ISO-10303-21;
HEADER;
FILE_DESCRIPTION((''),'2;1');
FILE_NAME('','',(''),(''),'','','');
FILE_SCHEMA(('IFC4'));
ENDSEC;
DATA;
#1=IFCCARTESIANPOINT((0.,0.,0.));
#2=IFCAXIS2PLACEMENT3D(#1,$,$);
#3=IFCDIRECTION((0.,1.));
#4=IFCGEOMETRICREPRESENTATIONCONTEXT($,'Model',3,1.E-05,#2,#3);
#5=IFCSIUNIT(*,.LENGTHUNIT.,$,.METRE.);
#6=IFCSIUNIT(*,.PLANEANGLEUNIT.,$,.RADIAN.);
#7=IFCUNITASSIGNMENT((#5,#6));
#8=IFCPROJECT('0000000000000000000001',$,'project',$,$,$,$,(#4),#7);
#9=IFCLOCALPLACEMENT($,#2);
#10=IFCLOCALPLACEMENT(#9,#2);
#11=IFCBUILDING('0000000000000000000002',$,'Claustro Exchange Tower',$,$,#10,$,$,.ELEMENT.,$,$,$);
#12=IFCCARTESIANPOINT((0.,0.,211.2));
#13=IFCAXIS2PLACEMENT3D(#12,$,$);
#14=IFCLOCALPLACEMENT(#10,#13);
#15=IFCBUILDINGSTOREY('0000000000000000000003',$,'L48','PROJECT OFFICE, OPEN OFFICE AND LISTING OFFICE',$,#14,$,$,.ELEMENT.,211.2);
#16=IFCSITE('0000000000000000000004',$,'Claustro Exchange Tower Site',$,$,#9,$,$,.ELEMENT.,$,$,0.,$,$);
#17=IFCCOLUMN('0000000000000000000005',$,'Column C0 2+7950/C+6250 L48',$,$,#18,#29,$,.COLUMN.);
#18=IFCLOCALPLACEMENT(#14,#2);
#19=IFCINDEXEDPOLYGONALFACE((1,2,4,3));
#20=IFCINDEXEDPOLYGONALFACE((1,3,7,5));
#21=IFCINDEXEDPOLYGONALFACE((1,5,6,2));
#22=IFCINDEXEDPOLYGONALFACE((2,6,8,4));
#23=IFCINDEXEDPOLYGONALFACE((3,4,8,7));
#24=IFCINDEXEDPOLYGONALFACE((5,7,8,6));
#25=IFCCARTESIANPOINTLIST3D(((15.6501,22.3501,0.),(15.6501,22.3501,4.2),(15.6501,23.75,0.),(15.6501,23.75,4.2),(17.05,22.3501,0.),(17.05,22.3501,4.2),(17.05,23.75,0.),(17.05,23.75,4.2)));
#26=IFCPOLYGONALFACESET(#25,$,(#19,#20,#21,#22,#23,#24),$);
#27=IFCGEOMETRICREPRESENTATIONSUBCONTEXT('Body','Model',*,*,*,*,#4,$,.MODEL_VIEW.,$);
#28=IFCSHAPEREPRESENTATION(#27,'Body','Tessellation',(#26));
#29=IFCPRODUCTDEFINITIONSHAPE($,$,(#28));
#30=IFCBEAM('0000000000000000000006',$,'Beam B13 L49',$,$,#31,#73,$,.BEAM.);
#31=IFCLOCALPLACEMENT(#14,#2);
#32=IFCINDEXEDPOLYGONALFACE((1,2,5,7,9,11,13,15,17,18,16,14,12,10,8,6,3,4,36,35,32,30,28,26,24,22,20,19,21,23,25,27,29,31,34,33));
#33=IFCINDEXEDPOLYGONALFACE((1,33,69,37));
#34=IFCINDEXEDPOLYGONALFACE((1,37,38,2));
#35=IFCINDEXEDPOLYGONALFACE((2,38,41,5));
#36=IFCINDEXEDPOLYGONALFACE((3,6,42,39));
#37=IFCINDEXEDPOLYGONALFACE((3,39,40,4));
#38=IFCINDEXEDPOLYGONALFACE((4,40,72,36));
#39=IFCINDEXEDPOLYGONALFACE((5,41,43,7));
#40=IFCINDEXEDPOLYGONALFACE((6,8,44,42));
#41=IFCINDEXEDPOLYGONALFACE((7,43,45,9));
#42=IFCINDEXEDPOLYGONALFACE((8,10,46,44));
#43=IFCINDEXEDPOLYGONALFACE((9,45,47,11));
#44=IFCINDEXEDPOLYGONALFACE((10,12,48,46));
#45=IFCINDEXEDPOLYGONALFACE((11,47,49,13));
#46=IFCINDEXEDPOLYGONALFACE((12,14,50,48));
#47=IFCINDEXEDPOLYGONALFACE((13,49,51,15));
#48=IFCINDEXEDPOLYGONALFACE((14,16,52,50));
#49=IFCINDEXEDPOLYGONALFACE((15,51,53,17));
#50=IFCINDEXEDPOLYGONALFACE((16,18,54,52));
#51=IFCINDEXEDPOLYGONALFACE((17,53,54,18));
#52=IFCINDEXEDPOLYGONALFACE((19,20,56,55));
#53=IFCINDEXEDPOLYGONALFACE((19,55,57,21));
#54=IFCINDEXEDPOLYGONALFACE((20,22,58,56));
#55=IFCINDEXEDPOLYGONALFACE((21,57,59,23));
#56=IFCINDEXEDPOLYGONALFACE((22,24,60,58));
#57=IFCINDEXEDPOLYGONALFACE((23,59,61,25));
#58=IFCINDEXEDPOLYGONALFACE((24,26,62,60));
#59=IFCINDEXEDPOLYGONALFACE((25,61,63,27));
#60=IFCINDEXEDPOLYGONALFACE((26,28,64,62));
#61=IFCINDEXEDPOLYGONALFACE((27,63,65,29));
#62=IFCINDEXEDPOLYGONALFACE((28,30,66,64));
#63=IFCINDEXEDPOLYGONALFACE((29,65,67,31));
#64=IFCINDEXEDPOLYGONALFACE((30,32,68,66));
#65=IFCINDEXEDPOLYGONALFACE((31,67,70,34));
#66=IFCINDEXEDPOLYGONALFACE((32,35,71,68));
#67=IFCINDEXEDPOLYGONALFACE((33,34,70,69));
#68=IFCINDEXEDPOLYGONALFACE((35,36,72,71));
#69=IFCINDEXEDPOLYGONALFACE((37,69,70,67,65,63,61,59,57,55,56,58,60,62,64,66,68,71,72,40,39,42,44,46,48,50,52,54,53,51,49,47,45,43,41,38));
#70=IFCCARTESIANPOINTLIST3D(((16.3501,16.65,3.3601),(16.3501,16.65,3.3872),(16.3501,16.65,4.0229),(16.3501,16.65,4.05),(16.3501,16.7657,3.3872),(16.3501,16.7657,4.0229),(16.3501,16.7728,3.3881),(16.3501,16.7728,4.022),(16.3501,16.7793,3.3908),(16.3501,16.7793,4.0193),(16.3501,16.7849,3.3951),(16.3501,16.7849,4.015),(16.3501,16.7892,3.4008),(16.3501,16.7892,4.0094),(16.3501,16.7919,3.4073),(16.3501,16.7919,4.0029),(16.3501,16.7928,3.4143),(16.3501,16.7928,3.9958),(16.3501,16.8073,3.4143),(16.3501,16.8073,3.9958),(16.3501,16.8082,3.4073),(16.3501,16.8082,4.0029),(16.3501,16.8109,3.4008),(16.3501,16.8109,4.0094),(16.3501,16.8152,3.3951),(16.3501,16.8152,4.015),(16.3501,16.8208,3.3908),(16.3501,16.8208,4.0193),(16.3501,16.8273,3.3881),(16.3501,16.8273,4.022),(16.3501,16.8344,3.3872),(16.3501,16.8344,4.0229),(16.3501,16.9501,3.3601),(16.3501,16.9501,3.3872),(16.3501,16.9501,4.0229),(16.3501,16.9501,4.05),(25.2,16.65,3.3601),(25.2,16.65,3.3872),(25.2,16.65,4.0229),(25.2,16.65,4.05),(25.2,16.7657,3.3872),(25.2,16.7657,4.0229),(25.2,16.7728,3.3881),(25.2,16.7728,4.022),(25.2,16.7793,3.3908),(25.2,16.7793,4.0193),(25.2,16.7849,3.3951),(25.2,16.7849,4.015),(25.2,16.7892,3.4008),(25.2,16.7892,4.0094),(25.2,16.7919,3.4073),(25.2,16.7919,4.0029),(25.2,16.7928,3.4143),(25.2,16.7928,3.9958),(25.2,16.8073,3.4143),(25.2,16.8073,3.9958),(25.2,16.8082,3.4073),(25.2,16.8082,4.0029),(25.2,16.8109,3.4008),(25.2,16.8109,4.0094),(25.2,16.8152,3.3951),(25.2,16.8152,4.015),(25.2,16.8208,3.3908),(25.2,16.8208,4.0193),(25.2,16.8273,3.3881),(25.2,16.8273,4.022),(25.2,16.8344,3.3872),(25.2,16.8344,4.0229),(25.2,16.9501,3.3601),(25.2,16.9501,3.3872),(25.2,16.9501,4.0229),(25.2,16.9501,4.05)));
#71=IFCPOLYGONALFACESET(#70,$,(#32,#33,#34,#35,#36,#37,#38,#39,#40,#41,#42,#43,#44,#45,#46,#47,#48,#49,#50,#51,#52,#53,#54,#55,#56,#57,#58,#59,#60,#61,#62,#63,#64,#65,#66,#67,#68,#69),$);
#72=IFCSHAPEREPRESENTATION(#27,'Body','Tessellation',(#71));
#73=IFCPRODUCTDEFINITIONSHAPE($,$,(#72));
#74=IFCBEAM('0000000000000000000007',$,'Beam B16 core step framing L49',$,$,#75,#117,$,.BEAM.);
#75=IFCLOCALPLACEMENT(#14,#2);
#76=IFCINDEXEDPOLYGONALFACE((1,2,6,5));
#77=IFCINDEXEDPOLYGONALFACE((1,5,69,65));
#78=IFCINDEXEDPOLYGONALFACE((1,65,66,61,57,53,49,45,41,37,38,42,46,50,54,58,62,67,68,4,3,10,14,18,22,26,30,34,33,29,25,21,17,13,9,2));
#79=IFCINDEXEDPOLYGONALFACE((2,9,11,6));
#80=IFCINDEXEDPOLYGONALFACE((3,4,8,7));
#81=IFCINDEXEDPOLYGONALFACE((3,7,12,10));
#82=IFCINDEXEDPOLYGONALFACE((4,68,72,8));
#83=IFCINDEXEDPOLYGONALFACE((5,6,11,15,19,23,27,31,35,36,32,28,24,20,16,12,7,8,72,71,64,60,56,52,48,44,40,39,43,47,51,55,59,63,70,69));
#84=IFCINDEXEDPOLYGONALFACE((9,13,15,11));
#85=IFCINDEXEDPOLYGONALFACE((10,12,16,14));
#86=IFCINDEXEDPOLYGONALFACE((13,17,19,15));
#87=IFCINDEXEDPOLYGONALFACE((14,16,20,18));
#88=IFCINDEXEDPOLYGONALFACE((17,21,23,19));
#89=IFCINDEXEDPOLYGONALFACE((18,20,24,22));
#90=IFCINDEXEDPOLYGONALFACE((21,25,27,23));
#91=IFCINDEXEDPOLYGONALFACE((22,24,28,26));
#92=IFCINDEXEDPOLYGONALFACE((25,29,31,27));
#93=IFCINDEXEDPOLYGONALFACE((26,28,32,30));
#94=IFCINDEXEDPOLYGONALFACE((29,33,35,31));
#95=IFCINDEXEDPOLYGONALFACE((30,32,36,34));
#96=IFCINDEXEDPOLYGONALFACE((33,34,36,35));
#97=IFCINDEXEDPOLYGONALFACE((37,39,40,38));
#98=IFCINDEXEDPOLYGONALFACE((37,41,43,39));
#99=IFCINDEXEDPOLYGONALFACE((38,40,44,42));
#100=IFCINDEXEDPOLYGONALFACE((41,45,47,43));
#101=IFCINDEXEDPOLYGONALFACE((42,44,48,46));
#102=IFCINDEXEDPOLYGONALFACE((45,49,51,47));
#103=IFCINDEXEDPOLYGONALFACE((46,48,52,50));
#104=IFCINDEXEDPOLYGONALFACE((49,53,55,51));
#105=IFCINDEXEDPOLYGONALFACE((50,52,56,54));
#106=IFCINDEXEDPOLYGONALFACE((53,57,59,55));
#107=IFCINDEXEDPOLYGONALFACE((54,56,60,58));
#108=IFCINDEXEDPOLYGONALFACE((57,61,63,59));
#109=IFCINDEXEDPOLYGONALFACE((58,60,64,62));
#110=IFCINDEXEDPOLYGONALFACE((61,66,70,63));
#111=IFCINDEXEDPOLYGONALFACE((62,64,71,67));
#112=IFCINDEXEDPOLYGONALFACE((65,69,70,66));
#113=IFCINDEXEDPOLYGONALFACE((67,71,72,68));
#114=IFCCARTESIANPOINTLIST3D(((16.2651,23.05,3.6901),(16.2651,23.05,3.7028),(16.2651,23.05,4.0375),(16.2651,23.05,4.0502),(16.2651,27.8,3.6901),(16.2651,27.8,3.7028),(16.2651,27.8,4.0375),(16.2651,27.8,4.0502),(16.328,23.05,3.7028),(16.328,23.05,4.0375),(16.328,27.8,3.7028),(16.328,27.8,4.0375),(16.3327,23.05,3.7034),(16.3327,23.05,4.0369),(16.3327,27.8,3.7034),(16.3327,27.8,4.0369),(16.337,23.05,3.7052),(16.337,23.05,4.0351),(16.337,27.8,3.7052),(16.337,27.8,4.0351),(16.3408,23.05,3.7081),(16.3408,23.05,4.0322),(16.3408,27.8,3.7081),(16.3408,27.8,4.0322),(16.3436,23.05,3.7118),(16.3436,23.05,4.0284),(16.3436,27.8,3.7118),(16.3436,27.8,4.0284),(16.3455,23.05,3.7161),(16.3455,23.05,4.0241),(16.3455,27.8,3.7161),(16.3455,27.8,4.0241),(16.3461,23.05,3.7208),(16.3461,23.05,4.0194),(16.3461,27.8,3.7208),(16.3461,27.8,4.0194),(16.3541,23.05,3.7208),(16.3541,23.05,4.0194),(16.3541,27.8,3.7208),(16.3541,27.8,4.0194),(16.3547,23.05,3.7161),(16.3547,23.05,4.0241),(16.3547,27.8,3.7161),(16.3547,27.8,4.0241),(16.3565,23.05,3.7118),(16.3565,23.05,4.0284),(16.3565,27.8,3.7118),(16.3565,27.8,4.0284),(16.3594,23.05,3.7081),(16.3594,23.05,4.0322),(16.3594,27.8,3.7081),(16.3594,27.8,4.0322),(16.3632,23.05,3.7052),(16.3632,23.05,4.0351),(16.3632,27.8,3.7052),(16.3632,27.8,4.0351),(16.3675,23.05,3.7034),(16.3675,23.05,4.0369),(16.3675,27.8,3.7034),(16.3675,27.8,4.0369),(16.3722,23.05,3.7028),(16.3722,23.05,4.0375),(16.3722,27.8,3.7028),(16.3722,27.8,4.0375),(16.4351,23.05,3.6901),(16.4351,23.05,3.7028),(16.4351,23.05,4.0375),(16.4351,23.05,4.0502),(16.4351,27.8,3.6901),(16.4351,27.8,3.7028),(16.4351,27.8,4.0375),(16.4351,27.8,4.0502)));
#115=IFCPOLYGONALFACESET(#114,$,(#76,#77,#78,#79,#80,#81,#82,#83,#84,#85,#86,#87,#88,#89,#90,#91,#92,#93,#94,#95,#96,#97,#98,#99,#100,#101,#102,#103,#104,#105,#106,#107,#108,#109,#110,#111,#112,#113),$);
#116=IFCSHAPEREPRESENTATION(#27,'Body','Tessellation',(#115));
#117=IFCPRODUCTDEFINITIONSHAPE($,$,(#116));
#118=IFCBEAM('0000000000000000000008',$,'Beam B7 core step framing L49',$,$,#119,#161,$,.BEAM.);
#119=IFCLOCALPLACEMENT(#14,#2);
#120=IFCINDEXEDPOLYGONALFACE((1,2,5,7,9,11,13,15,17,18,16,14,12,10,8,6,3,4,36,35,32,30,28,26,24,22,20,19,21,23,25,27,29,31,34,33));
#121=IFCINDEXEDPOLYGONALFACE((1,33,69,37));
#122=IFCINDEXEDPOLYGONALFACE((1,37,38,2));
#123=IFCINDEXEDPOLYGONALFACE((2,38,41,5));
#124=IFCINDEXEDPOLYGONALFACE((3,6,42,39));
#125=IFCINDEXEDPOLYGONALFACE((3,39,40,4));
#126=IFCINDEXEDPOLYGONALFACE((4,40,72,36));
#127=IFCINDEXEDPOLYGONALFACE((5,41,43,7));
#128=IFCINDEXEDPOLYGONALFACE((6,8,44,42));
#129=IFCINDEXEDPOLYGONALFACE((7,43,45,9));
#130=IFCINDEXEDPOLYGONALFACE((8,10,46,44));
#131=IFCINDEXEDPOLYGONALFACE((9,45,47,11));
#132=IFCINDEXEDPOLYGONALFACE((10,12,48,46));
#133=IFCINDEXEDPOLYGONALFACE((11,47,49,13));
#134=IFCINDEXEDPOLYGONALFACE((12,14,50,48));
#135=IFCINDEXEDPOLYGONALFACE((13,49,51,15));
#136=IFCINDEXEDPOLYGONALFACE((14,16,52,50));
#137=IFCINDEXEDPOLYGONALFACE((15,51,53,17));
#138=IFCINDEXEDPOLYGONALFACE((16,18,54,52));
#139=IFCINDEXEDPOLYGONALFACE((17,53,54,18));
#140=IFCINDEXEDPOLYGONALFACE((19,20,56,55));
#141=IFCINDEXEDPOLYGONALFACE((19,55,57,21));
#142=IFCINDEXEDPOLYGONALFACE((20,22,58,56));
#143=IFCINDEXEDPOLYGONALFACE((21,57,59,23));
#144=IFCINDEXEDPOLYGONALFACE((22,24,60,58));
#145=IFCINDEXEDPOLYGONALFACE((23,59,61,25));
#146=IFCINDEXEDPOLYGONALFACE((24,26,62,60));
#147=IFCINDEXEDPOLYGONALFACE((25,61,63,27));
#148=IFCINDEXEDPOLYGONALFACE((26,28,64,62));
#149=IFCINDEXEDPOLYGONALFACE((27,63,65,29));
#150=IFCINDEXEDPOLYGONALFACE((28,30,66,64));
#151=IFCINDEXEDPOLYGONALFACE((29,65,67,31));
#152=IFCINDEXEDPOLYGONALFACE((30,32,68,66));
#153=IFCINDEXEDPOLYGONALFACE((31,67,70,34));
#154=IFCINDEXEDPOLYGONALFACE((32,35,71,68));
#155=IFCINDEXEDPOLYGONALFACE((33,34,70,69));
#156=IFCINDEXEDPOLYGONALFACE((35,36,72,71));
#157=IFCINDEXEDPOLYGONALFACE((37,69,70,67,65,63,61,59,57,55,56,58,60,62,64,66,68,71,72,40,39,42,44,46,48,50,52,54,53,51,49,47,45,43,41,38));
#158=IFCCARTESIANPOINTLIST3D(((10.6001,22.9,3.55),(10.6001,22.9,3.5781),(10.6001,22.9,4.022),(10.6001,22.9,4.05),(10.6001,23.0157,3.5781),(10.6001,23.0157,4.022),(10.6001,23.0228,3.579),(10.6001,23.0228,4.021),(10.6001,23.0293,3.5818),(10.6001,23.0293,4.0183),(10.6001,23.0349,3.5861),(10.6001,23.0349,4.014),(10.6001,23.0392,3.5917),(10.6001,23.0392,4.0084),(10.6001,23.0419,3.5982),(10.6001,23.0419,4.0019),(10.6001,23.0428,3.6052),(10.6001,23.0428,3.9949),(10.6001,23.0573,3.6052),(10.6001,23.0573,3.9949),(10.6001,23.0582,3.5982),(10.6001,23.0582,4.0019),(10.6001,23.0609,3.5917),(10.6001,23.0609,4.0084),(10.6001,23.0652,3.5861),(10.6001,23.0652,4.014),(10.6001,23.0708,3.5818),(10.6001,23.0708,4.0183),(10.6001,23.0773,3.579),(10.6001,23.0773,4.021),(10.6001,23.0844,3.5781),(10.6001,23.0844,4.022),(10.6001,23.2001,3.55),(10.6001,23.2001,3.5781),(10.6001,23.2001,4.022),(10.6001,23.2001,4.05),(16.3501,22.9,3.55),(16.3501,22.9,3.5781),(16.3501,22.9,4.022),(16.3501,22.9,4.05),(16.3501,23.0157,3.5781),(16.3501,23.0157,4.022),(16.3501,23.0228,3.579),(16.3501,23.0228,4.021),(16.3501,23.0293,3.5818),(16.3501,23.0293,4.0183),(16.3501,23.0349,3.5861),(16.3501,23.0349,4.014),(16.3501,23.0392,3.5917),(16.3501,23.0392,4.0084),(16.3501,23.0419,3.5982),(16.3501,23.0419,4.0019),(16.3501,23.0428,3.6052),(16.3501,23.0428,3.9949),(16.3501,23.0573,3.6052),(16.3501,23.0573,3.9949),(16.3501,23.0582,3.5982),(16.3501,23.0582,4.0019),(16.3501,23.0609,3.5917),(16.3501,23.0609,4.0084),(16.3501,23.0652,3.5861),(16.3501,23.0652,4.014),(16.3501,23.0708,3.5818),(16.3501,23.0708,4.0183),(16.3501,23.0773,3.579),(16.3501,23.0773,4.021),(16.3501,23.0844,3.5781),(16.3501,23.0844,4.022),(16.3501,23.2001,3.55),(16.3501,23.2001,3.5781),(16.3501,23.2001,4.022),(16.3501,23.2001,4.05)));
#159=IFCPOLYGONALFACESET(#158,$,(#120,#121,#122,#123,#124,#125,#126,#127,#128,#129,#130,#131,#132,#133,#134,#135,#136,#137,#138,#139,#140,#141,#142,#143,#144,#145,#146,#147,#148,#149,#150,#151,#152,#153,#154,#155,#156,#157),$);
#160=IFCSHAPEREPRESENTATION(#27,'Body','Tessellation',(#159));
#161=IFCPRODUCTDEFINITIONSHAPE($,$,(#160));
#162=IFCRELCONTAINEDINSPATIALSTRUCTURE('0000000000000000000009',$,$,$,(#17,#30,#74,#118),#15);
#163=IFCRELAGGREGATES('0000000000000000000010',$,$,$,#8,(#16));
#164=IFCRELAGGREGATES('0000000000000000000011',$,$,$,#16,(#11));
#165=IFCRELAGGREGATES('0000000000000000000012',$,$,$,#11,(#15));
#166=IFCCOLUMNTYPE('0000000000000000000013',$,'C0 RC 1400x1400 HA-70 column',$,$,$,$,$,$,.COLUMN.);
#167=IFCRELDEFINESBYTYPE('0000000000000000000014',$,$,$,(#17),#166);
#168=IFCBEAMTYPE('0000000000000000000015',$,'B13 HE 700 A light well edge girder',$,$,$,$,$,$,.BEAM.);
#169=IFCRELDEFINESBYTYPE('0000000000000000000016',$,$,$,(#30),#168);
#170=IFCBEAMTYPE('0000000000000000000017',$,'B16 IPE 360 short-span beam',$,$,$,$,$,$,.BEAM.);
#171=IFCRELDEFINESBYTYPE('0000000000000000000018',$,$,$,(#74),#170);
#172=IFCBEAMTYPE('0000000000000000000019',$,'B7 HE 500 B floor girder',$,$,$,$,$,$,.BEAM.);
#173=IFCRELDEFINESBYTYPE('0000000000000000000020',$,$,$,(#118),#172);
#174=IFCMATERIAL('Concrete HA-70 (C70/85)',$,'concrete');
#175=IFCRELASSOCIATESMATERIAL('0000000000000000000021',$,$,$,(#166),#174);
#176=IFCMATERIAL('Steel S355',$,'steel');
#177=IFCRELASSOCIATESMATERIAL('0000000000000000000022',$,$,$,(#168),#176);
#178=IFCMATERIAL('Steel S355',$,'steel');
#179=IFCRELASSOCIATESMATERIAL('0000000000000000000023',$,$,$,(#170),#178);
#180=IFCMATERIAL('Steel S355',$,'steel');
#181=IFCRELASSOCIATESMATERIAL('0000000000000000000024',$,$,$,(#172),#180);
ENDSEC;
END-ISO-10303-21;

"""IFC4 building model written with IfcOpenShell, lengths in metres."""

from ifc_helpers import new_model, si_unit, direction, frame, origin, origin_2d, place, context, subcontext, project, spatial, rectangle, i_section, extrude, material, material_profile, profile_set, type_object, element, save


model = new_model("IFC4")

# Units and contexts
model_context = context("Model", 3, precision=1e-05, world=origin(), true_north=direction((0.0, 1.0)))
body_context = subcontext(model_context, "Body", "Model", "MODEL_VIEW")
ifc_project = project(units=[si_unit("LENGTHUNIT", "METRE"), si_unit("PLANEANGLEUNIT", "RADIAN")], contexts=[model_context])

# Site, building, storey
site_placement = place(None, origin())
site = spatial("IfcSite", under=ifc_project, at=site_placement, Name="Claustro Exchange Tower Site", CompositionType="ELEMENT", RefElevation=0.0)
building_placement = place(site_placement, origin())
building = spatial("IfcBuilding", under=site, at=building_placement, Name="Claustro Exchange Tower", CompositionType="ELEMENT")
storey_placement = place(building_placement, frame((0.0, 0.0, 211.2)))
storey = spatial("IfcBuildingStorey", under=building, at=storey_placement, Name="L48", Description="PROJECT OFFICE, OPEN OFFICE AND LISTING OFFICE", CompositionType="ELEMENT", Elevation=211.2)

# Column
ifc_material_1 = material(Name="Concrete HA-70 (C70/85)", Category="concrete")
ifc_material_profile_1 = material_profile(ifc_material_1, rectangle(XDim=1.3999, YDim=1.3999, at=origin_2d()), Name="RC 1400x1400")
ifc_profile_set_1 = profile_set([ifc_material_profile_1], Name="Concrete HA-70 (C70/85)")
column_type = type_object("IfcColumnType", Name="C0 RC 1400x1400 HA-70 column", PredefinedType="COLUMN", material=ifc_profile_set_1)
column_placement = place(storey_placement, frame((16.3501, 23.05, 0.0), z_axis=(0.0, 0.0, 1.0), x_axis=(1.0, 0.0, 0.0)))
element("IfcColumn", 1, at=column_placement, inside=storey, type_object=column_type, Name="Column C0 2+7950/C+6250 L48", PredefinedType="COLUMN", context=body_context, shape_type="SweptSolid", body=[
    extrude(rectangle(XDim=1.3999, YDim=1.3999, at=origin_2d()), origin(), (0.0, 0.0, 1.0), 4.2),
])

# Beams
ifc_material_2 = material(Name="Steel S355", Category="steel")
ifc_material_profile_2 = material_profile(ifc_material_2, i_section(OverallWidth=0.3, OverallDepth=0.6899, WebThickness=0.0144, FlangeThickness=0.0271, FilletRadius=0.0271, at=origin_2d()), Name="HE 700 A")
ifc_profile_set_2 = profile_set([ifc_material_profile_2], Name="Steel S355")
beam_type_1 = type_object("IfcBeamType", Name="B13 HE 700 A light well edge girder", PredefinedType="BEAM", material=ifc_profile_set_2)
beam_1_placement = place(storey_placement, frame((16.3501, 16.8, 3.7051), z_axis=(1.0, 0.0, 0.0), x_axis=(0.0, 1.0, 0.0)))
element("IfcBeam", 2, at=beam_1_placement, inside=storey, type_object=beam_type_1, Name="Beam B13 L49", PredefinedType="BEAM", context=body_context, shape_type="SweptSolid", body=[
    extrude(i_section(OverallWidth=0.3, OverallDepth=0.6899, WebThickness=0.0144, FlangeThickness=0.0271, FilletRadius=0.0271, at=origin_2d()), origin(), (0.0, 0.0, 1.0), 8.8499),
])
ifc_material_3 = material(Name="Steel S355", Category="steel")
ifc_material_profile_3 = material_profile(ifc_material_3, i_section(OverallWidth=0.1699, OverallDepth=0.3601, WebThickness=0.0081, FlangeThickness=0.0127, FilletRadius=0.0181, at=origin_2d()), Name="IPE 360")
ifc_profile_set_3 = profile_set([ifc_material_profile_3], Name="Steel S355")
beam_type_2 = type_object("IfcBeamType", Name="B16 IPE 360 short-span beam", PredefinedType="BEAM", material=ifc_profile_set_3)
beam_2_placement = place(storey_placement, frame((16.3501, 23.05, 3.8701), z_axis=(0.0, 1.0, 0.0), x_axis=(-1.0, 0.0, 0.0)))
element("IfcBeam", 3, at=beam_2_placement, inside=storey, type_object=beam_type_2, Name="Beam B16 core step framing L49", PredefinedType="BEAM", context=body_context, shape_type="SweptSolid", body=[
    extrude(i_section(OverallWidth=0.1699, OverallDepth=0.3601, WebThickness=0.0081, FlangeThickness=0.0127, FilletRadius=0.0181, at=origin_2d()), origin(), (0.0, 0.0, 1.0), 4.75),
])
ifc_material_4 = material(Name="Steel S355", Category="steel")
ifc_material_profile_4 = material_profile(ifc_material_4, i_section(OverallWidth=0.3, OverallDepth=0.5, WebThickness=0.0144, FlangeThickness=0.0281, FilletRadius=0.0271, at=origin_2d()), Name="HE 500 B")
ifc_profile_set_4 = profile_set([ifc_material_profile_4], Name="Steel S355")
beam_type_3 = type_object("IfcBeamType", Name="B7 HE 500 B floor girder", PredefinedType="BEAM", material=ifc_profile_set_4)
beam_3_placement = place(storey_placement, frame((10.6001, 23.05, 3.8), z_axis=(1.0, 0.0, 0.0), x_axis=(0.0, 1.0, 0.0)))
element("IfcBeam", 4, at=beam_3_placement, inside=storey, type_object=beam_type_3, Name="Beam B7 core step framing L49", PredefinedType="BEAM", context=body_context, shape_type="SweptSolid", body=[
    extrude(i_section(OverallWidth=0.3, OverallDepth=0.5, WebThickness=0.0144, FlangeThickness=0.0281, FilletRadius=0.0271, at=origin_2d()), origin(), (0.0, 0.0, 1.0), 5.75),
])

save(model, "model.ifc")
